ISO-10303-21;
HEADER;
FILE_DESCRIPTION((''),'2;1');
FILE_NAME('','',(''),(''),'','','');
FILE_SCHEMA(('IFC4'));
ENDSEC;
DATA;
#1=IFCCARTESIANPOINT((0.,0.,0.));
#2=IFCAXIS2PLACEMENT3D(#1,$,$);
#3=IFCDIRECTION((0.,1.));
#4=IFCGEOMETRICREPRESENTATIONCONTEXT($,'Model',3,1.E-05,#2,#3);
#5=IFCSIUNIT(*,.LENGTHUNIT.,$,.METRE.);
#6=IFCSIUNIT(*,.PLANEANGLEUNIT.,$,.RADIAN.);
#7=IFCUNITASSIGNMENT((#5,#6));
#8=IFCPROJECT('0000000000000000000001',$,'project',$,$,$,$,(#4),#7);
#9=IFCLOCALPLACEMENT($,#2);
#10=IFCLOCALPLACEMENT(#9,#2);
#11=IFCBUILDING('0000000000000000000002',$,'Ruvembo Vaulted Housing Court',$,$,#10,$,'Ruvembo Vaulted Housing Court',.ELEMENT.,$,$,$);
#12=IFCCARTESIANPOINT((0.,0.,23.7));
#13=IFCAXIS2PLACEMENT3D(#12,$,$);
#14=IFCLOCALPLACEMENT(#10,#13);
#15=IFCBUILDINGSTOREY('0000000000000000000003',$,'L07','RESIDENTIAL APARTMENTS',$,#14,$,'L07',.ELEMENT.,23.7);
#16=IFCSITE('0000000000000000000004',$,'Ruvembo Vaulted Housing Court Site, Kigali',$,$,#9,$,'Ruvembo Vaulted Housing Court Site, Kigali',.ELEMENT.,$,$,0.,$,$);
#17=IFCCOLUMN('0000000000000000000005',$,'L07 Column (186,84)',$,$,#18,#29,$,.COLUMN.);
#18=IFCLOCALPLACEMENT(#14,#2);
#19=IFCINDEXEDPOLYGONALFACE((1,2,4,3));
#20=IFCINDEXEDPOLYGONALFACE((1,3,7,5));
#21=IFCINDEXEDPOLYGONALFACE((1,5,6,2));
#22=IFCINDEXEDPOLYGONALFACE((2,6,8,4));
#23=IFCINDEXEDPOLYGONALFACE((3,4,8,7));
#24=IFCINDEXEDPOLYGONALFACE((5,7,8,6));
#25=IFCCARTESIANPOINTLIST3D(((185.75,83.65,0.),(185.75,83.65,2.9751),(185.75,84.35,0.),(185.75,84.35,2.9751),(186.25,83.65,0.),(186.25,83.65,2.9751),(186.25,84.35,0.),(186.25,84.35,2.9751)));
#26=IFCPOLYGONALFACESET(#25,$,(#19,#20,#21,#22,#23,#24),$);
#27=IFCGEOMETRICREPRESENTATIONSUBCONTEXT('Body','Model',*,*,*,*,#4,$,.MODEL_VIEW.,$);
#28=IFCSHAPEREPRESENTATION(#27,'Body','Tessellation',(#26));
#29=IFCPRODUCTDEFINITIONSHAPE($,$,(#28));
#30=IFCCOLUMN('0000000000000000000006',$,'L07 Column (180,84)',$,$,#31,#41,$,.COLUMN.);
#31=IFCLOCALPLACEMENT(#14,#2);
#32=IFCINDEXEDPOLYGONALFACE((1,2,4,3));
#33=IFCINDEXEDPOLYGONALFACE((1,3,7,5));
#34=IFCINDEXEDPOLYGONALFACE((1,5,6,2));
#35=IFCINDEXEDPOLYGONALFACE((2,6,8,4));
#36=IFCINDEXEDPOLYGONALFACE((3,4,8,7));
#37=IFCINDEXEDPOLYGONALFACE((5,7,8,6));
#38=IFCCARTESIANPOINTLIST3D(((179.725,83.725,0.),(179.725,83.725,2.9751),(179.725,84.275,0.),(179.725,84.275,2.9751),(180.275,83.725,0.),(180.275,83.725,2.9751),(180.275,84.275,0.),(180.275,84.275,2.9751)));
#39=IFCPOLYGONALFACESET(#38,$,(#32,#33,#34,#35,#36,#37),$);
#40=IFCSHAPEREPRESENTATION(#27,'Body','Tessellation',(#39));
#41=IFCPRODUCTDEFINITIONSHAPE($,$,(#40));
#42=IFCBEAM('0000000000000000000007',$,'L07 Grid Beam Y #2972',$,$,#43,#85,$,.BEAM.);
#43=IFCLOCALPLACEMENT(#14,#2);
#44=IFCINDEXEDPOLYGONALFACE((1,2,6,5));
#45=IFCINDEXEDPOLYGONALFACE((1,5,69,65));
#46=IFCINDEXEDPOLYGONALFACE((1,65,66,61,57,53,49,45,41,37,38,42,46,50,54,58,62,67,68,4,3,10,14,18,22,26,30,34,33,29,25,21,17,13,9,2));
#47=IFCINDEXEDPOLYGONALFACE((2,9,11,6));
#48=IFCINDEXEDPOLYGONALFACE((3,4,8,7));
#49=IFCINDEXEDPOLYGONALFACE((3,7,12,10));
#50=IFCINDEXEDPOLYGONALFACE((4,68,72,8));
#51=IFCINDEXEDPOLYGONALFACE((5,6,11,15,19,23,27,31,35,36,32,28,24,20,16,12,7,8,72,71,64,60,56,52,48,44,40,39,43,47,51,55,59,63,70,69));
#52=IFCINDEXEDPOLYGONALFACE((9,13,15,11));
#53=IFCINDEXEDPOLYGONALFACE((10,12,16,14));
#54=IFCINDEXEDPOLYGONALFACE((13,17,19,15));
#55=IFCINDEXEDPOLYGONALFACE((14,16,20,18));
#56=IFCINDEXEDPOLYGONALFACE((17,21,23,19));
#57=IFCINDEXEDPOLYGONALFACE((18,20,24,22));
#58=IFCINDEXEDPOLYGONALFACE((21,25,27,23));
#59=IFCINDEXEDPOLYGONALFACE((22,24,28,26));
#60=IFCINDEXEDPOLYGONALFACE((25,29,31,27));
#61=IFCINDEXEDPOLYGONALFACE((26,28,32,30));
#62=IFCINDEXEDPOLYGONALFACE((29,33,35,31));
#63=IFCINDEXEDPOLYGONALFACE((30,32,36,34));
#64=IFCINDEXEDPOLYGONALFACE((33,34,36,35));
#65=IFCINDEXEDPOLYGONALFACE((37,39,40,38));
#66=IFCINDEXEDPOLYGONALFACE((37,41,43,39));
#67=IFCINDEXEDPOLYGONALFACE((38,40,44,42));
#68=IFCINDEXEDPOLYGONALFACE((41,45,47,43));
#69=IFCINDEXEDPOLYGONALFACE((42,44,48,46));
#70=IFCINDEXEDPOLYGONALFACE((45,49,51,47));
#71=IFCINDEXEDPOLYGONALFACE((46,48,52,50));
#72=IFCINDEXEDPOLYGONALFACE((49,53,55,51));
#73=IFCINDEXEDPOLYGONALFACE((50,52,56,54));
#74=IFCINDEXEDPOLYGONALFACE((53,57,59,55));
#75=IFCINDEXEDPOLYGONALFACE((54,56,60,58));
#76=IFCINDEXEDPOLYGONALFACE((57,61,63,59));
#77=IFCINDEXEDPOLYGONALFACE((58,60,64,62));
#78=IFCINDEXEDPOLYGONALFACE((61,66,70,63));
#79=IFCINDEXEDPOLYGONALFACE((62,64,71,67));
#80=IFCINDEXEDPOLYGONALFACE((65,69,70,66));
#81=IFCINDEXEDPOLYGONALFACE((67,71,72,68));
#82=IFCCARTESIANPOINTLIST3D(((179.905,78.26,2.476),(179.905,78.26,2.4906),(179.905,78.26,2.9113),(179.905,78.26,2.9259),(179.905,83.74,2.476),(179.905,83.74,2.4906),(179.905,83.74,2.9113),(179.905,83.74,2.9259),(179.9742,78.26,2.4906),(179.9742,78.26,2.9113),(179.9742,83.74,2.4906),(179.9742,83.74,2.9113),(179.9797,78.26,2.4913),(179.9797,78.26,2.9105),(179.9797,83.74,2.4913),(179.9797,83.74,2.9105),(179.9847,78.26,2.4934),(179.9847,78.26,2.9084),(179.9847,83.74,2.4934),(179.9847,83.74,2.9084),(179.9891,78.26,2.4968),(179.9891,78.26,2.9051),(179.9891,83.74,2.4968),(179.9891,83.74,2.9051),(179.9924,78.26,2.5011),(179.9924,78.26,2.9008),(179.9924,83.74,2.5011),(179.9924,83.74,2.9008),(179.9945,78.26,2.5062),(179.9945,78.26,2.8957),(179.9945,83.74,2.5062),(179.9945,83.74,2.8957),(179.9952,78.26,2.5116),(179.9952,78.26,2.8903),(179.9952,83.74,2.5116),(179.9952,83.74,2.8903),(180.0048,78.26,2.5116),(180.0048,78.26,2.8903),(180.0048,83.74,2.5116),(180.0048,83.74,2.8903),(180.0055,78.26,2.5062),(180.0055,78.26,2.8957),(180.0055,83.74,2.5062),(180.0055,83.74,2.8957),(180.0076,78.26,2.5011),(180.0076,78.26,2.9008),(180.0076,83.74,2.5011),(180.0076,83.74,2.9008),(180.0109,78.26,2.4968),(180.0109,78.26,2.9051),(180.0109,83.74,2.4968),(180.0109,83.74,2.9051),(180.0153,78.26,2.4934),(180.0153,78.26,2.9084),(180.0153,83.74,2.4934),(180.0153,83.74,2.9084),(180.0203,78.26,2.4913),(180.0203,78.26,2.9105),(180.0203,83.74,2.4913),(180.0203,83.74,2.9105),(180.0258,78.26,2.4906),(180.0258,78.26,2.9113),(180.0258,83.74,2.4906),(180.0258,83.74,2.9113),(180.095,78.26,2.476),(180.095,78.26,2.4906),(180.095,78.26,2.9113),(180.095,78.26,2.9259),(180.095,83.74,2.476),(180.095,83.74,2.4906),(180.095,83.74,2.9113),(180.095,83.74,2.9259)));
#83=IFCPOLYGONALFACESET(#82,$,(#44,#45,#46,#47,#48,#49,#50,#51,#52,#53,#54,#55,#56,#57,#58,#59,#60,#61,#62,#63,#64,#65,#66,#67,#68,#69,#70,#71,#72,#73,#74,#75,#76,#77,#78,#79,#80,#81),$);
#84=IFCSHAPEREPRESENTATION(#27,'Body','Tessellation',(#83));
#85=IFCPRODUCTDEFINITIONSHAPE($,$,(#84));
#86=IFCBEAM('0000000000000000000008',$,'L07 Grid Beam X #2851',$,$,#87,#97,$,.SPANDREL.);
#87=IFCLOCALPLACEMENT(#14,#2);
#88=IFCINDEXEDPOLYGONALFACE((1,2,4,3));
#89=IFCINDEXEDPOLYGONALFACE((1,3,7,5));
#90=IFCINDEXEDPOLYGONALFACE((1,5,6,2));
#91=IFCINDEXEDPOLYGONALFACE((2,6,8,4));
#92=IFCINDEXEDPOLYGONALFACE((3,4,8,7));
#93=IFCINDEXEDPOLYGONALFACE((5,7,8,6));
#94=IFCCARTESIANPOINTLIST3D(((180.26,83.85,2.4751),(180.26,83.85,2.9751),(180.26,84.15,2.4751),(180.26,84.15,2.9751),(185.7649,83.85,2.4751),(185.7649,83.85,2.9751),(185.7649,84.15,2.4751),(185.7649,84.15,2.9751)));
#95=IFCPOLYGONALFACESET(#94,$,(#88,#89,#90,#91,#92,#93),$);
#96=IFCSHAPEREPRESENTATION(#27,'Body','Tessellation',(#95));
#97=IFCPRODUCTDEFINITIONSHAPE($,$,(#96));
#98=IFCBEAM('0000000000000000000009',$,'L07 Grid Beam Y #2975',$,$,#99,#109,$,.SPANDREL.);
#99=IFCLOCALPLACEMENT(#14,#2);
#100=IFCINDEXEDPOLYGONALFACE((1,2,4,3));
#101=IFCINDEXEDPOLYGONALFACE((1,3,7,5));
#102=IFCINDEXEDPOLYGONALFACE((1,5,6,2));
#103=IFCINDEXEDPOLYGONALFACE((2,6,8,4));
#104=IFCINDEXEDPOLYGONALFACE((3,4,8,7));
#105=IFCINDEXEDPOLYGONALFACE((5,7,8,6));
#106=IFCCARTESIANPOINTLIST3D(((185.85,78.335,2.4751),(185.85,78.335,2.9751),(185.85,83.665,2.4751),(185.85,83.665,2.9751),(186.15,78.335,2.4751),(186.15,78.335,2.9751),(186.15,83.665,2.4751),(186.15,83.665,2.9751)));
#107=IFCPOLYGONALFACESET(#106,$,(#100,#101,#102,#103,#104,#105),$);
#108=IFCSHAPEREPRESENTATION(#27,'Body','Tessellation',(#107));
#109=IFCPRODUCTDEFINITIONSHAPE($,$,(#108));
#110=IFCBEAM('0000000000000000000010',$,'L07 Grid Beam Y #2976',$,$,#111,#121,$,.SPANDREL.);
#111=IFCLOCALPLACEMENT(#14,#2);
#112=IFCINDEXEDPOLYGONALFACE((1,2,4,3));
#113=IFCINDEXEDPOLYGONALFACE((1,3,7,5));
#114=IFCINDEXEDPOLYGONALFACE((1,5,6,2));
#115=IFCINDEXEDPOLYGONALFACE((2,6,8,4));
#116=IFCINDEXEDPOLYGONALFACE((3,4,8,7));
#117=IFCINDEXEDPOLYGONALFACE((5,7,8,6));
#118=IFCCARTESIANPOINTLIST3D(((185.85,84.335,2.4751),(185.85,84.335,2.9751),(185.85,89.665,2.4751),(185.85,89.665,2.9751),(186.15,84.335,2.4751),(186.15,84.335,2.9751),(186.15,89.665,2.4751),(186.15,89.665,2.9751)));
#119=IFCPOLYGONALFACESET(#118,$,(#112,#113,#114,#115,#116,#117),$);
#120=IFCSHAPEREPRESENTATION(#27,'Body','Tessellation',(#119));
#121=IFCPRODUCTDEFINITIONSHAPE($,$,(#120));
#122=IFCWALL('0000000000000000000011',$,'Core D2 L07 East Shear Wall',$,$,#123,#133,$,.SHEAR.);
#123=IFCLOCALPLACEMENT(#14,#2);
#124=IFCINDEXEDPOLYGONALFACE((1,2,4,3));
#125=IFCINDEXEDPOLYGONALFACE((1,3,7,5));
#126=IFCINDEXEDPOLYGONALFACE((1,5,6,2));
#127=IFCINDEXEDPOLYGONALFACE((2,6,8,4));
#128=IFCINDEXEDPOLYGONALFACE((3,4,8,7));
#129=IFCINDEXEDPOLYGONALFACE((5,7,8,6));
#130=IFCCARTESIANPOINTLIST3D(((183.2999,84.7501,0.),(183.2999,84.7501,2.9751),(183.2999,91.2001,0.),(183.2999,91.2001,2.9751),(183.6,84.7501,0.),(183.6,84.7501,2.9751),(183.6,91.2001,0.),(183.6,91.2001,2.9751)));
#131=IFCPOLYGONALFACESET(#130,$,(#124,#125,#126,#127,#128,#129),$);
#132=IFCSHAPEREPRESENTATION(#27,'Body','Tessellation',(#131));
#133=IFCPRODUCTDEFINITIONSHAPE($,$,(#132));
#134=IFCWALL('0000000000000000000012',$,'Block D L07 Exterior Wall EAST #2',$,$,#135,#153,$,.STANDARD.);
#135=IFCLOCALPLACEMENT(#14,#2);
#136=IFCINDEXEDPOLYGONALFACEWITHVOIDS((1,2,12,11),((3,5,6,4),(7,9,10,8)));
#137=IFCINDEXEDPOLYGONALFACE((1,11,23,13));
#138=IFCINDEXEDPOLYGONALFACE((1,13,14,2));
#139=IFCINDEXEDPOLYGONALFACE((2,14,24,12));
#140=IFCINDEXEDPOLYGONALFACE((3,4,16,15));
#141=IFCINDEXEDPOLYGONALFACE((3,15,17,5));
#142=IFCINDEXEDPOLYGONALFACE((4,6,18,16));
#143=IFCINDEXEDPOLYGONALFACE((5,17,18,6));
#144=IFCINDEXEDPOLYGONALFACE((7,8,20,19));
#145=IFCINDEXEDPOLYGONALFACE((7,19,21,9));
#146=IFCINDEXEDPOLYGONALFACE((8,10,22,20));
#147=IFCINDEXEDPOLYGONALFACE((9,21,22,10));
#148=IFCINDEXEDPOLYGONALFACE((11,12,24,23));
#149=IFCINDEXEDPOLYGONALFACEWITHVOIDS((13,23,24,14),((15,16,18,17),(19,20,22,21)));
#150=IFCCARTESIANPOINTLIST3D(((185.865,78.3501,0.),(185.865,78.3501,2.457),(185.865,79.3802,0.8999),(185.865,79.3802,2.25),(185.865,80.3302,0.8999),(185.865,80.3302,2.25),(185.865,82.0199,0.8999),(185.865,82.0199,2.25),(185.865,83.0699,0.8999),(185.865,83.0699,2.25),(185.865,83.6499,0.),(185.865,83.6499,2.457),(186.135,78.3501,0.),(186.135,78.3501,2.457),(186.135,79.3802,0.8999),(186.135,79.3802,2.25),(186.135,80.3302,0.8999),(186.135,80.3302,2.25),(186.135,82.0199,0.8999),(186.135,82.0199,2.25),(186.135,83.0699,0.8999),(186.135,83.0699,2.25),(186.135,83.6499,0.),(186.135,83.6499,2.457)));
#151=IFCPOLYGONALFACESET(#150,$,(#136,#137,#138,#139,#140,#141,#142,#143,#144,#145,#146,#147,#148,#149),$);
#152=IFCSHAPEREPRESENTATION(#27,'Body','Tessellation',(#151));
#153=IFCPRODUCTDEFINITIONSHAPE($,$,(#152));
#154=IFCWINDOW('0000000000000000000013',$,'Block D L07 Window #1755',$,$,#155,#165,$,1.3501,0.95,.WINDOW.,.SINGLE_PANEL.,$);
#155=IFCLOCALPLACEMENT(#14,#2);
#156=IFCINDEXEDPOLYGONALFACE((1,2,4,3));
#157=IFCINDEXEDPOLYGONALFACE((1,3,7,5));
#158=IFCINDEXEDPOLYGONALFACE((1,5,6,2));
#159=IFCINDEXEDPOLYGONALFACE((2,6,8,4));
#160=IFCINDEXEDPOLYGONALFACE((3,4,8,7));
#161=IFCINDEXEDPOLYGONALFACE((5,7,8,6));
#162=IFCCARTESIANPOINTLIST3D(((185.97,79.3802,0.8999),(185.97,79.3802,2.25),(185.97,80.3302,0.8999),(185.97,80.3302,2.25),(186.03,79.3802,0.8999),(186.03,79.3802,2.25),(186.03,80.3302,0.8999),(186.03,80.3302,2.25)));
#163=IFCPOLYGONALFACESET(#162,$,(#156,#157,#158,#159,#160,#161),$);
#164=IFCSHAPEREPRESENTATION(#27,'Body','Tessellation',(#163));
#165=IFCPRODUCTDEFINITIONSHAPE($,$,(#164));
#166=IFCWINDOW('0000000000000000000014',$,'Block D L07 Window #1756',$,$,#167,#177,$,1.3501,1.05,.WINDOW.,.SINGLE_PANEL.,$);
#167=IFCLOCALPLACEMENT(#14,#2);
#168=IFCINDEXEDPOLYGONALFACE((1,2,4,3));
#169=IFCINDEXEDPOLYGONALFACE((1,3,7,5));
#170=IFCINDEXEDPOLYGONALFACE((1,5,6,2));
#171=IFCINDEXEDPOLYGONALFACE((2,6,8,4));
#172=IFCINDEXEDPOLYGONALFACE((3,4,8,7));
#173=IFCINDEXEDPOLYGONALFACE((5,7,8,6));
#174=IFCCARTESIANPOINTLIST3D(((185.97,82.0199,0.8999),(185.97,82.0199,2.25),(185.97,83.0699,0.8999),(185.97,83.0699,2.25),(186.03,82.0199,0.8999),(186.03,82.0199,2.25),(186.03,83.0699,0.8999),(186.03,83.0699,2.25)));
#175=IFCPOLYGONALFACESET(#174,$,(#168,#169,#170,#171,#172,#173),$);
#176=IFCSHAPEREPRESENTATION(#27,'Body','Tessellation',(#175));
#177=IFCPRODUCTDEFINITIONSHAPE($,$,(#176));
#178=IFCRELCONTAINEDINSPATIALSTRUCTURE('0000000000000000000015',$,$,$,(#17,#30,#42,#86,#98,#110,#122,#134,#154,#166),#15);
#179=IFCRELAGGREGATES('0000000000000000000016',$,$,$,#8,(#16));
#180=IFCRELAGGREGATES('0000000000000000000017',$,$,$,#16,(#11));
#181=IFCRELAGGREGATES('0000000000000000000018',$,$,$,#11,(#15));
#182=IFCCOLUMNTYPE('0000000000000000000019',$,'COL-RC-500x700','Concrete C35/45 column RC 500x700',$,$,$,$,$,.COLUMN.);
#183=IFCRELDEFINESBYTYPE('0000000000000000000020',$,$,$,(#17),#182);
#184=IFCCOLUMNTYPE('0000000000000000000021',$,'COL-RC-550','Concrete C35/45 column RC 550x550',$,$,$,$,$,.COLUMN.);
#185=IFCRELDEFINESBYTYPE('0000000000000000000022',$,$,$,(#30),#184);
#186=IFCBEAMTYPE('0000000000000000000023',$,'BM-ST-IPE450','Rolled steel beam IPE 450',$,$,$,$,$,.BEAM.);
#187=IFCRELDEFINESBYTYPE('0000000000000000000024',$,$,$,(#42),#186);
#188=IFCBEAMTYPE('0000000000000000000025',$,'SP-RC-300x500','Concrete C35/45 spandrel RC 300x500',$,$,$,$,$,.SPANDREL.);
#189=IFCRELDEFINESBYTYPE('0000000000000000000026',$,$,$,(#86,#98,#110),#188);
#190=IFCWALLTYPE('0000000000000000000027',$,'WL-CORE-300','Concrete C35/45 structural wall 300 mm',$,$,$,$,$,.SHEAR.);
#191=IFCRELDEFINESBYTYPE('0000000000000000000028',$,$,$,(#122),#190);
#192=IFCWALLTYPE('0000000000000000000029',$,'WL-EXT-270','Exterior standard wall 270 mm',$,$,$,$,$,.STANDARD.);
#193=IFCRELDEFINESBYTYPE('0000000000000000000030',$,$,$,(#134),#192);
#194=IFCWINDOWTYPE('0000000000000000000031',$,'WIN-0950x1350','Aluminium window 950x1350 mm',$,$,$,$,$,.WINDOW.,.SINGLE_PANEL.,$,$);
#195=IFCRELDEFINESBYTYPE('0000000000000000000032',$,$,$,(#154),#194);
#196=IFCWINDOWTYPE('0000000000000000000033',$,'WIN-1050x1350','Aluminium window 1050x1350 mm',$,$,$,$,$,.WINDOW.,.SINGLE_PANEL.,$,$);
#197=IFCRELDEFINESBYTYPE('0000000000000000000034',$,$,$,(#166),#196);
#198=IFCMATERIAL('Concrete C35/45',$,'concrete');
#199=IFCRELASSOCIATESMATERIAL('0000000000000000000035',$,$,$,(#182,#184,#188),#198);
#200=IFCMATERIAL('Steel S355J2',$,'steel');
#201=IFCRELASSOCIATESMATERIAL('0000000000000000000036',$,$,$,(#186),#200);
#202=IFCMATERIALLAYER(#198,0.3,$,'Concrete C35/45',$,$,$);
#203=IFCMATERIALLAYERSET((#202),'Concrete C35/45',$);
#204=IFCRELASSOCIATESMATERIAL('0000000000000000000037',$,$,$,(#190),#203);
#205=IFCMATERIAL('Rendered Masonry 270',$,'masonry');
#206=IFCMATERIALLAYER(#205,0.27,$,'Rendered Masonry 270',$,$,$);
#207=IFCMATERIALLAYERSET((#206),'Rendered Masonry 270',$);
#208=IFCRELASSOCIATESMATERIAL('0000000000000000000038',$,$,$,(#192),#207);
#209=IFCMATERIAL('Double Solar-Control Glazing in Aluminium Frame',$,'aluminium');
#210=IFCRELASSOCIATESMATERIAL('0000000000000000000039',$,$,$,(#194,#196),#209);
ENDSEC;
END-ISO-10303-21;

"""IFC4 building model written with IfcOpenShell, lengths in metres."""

from ifc_helpers import new_model, si_unit, direction, frame, frame_2d, origin, origin_2d, place, context, subcontext, project, spatial, rectangle, i_section, extrude, material, layer, layer_set, material_profile, profile_set, type_object, element, fill, save


model = new_model("IFC4")

# Units and contexts
model_context = context("Model", 3, precision=1e-05, world=origin(), true_north=direction((0.0, 1.0)))
body_context = subcontext(model_context, "Body", "Model", "MODEL_VIEW")
ifc_project = project(units=[si_unit("LENGTHUNIT", "METRE"), si_unit("PLANEANGLEUNIT", "RADIAN")], contexts=[model_context])

# Site, building, storey
site_placement = place(None, origin())
site = spatial("IfcSite", under=ifc_project, at=site_placement, Name="Ruvembo Vaulted Housing Court Site, Kigali", LongName="Ruvembo Vaulted Housing Court Site, Kigali", CompositionType="ELEMENT", RefElevation=0.0)
building_placement = place(site_placement, origin())
building = spatial("IfcBuilding", under=site, at=building_placement, Name="Ruvembo Vaulted Housing Court", LongName="Ruvembo Vaulted Housing Court", CompositionType="ELEMENT")
storey_placement = place(building_placement, frame((0.0, 0.0, 23.7)))
storey = spatial("IfcBuildingStorey", under=building, at=storey_placement, Name="L07", Description="RESIDENTIAL APARTMENTS", LongName="L07", CompositionType="ELEMENT", Elevation=23.7)

# Columns
ifc_material_1 = material(Name="Concrete C35/45", Category="concrete")
ifc_material_profile_1 = material_profile(ifc_material_1, rectangle(XDim=0.5, YDim=0.7, at=origin_2d()), Name="RC 500x700")
ifc_profile_set_1 = profile_set([ifc_material_profile_1], Name="Concrete C35/45")
column_type_1 = type_object("IfcColumnType", Name="COL-RC-500x700", Description="Concrete C35/45 column RC 500x700", PredefinedType="COLUMN", material=ifc_profile_set_1)
column_1_placement = place(storey_placement, frame((186.0, 84.0, 0.0), z_axis=(0.0, 0.0, 1.0), x_axis=(1.0, 0.0, 0.0)))
element("IfcColumn", 1, at=column_1_placement, inside=storey, type_object=column_type_1, Name="L07 Column (186,84)", PredefinedType="COLUMN", context=body_context, shape_type="SweptSolid", body=[
    extrude(rectangle(XDim=0.5, YDim=0.7, at=origin_2d()), origin(), (0.0, 0.0, 1.0), 2.9751),
])
ifc_material_profile_2 = material_profile(ifc_material_1, rectangle(XDim=0.55, YDim=0.55, at=origin_2d()), Name="RC 550x550")
ifc_profile_set_2 = profile_set([ifc_material_profile_2], Name="Concrete C35/45")
column_type_2 = type_object("IfcColumnType", Name="COL-RC-550", Description="Concrete C35/45 column RC 550x550", PredefinedType="COLUMN", material=ifc_profile_set_2)
column_2_placement = place(storey_placement, frame((180.0, 84.0, 0.0), z_axis=(0.0, 0.0, 1.0), x_axis=(1.0, 0.0, 0.0)))
element("IfcColumn", 2, at=column_2_placement, inside=storey, type_object=column_type_2, Name="L07 Column (180,84)", PredefinedType="COLUMN", context=body_context, shape_type="SweptSolid", body=[
    extrude(rectangle(XDim=0.55, YDim=0.55, at=origin_2d()), origin(), (0.0, 0.0, 1.0), 2.9751),
])

# Beams
ifc_material_2 = material(Name="Steel S355J2", Category="steel")
ifc_material_profile_3 = material_profile(ifc_material_2, i_section(OverallWidth=0.1899, OverallDepth=0.45, WebThickness=0.0095, FlangeThickness=0.0146, FilletRadius=0.021, at=origin_2d()), Name="IPE 450")
ifc_profile_set_3 = profile_set([ifc_material_profile_3], Name="Steel S355J2")
beam_type_1 = type_object("IfcBeamType", Name="BM-ST-IPE450", Description="Rolled steel beam IPE 450", PredefinedType="BEAM", material=ifc_profile_set_3)
beam_1_placement = place(storey_placement, frame((180.0, 78.26, 2.7009), z_axis=(0.0, 1.0, 0.0), x_axis=(-1.0, 0.0, 0.0)))
element("IfcBeam", 3, at=beam_1_placement, inside=storey, type_object=beam_type_1, Name="L07 Grid Beam Y #2972", PredefinedType="BEAM", context=body_context, shape_type="SweptSolid", body=[
    extrude(i_section(OverallWidth=0.1899, OverallDepth=0.45, WebThickness=0.0095, FlangeThickness=0.0146, FilletRadius=0.021, at=origin_2d()), origin(), (0.0, 0.0, 1.0), 5.48),
])
ifc_material_profile_4 = material_profile(ifc_material_1, rectangle(XDim=0.3, YDim=0.5, at=origin_2d()), Name="RC 300x500")
ifc_profile_set_4 = profile_set([ifc_material_profile_4], Name="Concrete C35/45")
beam_type_2 = type_object("IfcBeamType", Name="SP-RC-300x500", Description="Concrete C35/45 spandrel RC 300x500", PredefinedType="SPANDREL", material=ifc_profile_set_4)
beam_2_placement = place(storey_placement, frame((180.26, 84.0, 2.7251), z_axis=(1.0, 0.0, 0.0), x_axis=(0.0, 1.0, 0.0)))
element("IfcBeam", 4, at=beam_2_placement, inside=storey, type_object=beam_type_2, Name="L07 Grid Beam X #2851", PredefinedType="SPANDREL", context=body_context, shape_type="SweptSolid", body=[
    extrude(rectangle(XDim=0.3, YDim=0.5, at=origin_2d()), origin(), (0.0, 0.0, 1.0), 5.5049),
])
for number, where, z_axis, x_axis, name in (
    (5, (186.0, 78.335, 2.7251), (0.0, 1.0, 0.0), (-1.0, 0.0, 0.0), "L07 Grid Beam Y #2975"),
    (6, (186.0, 84.335, 2.7251), (0.0, 1.0, 0.0), (-1.0, 0.0, 0.0), "L07 Grid Beam Y #2976"),
):
    element("IfcBeam", number, at=place(storey_placement, frame(where, z_axis=z_axis, x_axis=x_axis)), inside=storey, type_object=beam_type_2, Name=name, PredefinedType="SPANDREL", context=body_context, shape_type="SweptSolid", body=[
        extrude(rectangle(XDim=0.3, YDim=0.5, at=origin_2d()), origin(), (0.0, 0.0, 1.0), 5.3301),
    ])

# Shared definitions
ifc_layer_1 = layer(ifc_material_1, 0.3, Name="Concrete C35/45")
ifc_layer_set_1 = layer_set([ifc_layer_1], Name="Concrete C35/45")
wall_type_1 = type_object("IfcWallType", Name="WL-CORE-300", Description="Concrete C35/45 structural wall 300 mm", PredefinedType="SHEAR", material=ifc_layer_set_1)

# Wall
wall_1_placement = place(storey_placement, frame((183.45, 84.75, 0.0), z_axis=(0.0, 0.0, 1.0), x_axis=(0.0, 1.0, 0.0)))
element("IfcWall", 7, at=wall_1_placement, inside=storey, type_object=wall_type_1, Name="Core D2 L07 East Shear Wall", PredefinedType="SHEAR", context=body_context, shape_type="SweptSolid", body=[
    extrude(rectangle(XDim=6.45, YDim=0.3, at=frame_2d((3.2251, 0.0))), origin(), (0.0, 0.0, 1.0), 2.9751),
])

# Wall, openings, windows
ifc_material_3 = material(Name="Rendered Masonry 270", Category="masonry")
ifc_layer_2 = layer(ifc_material_3, 0.27, Name="Rendered Masonry 270")
ifc_layer_set_2 = layer_set([ifc_layer_2], Name="Rendered Masonry 270")
wall_type_2 = type_object("IfcWallType", Name="WL-EXT-270", Description="Exterior standard wall 270 mm", PredefinedType="STANDARD", material=ifc_layer_set_2)
wall_2_placement = place(storey_placement, frame((186.0, 78.3501, 0.0), z_axis=(0.0, 0.0, 1.0), x_axis=(0.0, 1.0, 0.0)))
wall_2 = element("IfcWall", 8, at=wall_2_placement, inside=storey, type_object=wall_type_2, Name="Block D L07 Exterior Wall EAST #2", PredefinedType="STANDARD", context=body_context, shape_type="SweptSolid", body=[
    extrude(rectangle(XDim=5.2998, YDim=0.27, at=frame_2d((2.6499, 0.0))), origin(), (0.0, 0.0, 1.0), 2.457),
])
opening_1_placement = place(wall_2_placement, frame((1.03, 0.0, 0.8999)))
opening_1 = element("IfcOpeningElement", 9, at=opening_1_placement, cuts=wall_2, PredefinedType="OPENING", context=body_context, shape_type="SweptSolid", body=[
    extrude(rectangle(XDim=0.95, YDim=1.3501, at=frame_2d((0.4751, 0.675))), frame((0.0, 0.145, 0.0), z_axis=(0.0, -1.0, 0.0), x_axis=(1.0, 0.0, 0.0)), (0.0, 0.0, 1.0), 0.29),
])
opening_2_placement = place(wall_2_placement, frame((3.6699, 0.0, 0.8999)))
opening_2 = element("IfcOpeningElement", 10, at=opening_2_placement, cuts=wall_2, PredefinedType="OPENING", context=body_context, shape_type="SweptSolid", body=[
    extrude(rectangle(XDim=1.05, YDim=1.3501, at=frame_2d((0.5249, 0.675))), frame((0.0, 0.145, 0.0), z_axis=(0.0, -1.0, 0.0), x_axis=(1.0, 0.0, 0.0)), (0.0, 0.0, 1.0), 0.29),
])
ifc_material_4 = material(Name="Double Solar-Control Glazing in Aluminium Frame", Category="aluminium")
window_type_1 = type_object("IfcWindowType", Name="WIN-0950x1350", Description="Aluminium window 950x1350 mm", PartitioningType="SINGLE_PANEL", PredefinedType="WINDOW", material=ifc_material_4)
window_1_placement = place(opening_1_placement, origin())
window_1 = element("IfcWindow", 11, at=window_1_placement, inside=storey, type_object=window_type_1, Name="Block D L07 Window #1755", OverallHeight=1.3501, OverallWidth=0.95, PartitioningType="SINGLE_PANEL", PredefinedType="WINDOW", context=body_context, shape_type="SweptSolid", body=[
    extrude(rectangle(XDim=0.95, YDim=1.3501, at=frame_2d((0.4751, 0.675))), frame((0.0, 0.03, 0.0), z_axis=(0.0, -1.0, 0.0), x_axis=(1.0, 0.0, 0.0)), (0.0, 0.0, 1.0), 0.0601),
])
fill(opening_1, window_1)
window_type_2 = type_object("IfcWindowType", Name="WIN-1050x1350", Description="Aluminium window 1050x1350 mm", PartitioningType="SINGLE_PANEL", PredefinedType="WINDOW", material=ifc_material_4)
window_2_placement = place(opening_2_placement, origin())
window_2 = element("IfcWindow", 12, at=window_2_placement, inside=storey, type_object=window_type_2, Name="Block D L07 Window #1756", OverallHeight=1.3501, OverallWidth=1.05, PartitioningType="SINGLE_PANEL", PredefinedType="WINDOW", context=body_context, shape_type="SweptSolid", body=[
    extrude(rectangle(XDim=1.05, YDim=1.3501, at=frame_2d((0.5249, 0.675))), frame((0.0, 0.03, 0.0), z_axis=(0.0, -1.0, 0.0), x_axis=(1.0, 0.0, 0.0)), (0.0, 0.0, 1.0), 0.0601),
])
fill(opening_2, window_2)

save(model, "model.ifc")
